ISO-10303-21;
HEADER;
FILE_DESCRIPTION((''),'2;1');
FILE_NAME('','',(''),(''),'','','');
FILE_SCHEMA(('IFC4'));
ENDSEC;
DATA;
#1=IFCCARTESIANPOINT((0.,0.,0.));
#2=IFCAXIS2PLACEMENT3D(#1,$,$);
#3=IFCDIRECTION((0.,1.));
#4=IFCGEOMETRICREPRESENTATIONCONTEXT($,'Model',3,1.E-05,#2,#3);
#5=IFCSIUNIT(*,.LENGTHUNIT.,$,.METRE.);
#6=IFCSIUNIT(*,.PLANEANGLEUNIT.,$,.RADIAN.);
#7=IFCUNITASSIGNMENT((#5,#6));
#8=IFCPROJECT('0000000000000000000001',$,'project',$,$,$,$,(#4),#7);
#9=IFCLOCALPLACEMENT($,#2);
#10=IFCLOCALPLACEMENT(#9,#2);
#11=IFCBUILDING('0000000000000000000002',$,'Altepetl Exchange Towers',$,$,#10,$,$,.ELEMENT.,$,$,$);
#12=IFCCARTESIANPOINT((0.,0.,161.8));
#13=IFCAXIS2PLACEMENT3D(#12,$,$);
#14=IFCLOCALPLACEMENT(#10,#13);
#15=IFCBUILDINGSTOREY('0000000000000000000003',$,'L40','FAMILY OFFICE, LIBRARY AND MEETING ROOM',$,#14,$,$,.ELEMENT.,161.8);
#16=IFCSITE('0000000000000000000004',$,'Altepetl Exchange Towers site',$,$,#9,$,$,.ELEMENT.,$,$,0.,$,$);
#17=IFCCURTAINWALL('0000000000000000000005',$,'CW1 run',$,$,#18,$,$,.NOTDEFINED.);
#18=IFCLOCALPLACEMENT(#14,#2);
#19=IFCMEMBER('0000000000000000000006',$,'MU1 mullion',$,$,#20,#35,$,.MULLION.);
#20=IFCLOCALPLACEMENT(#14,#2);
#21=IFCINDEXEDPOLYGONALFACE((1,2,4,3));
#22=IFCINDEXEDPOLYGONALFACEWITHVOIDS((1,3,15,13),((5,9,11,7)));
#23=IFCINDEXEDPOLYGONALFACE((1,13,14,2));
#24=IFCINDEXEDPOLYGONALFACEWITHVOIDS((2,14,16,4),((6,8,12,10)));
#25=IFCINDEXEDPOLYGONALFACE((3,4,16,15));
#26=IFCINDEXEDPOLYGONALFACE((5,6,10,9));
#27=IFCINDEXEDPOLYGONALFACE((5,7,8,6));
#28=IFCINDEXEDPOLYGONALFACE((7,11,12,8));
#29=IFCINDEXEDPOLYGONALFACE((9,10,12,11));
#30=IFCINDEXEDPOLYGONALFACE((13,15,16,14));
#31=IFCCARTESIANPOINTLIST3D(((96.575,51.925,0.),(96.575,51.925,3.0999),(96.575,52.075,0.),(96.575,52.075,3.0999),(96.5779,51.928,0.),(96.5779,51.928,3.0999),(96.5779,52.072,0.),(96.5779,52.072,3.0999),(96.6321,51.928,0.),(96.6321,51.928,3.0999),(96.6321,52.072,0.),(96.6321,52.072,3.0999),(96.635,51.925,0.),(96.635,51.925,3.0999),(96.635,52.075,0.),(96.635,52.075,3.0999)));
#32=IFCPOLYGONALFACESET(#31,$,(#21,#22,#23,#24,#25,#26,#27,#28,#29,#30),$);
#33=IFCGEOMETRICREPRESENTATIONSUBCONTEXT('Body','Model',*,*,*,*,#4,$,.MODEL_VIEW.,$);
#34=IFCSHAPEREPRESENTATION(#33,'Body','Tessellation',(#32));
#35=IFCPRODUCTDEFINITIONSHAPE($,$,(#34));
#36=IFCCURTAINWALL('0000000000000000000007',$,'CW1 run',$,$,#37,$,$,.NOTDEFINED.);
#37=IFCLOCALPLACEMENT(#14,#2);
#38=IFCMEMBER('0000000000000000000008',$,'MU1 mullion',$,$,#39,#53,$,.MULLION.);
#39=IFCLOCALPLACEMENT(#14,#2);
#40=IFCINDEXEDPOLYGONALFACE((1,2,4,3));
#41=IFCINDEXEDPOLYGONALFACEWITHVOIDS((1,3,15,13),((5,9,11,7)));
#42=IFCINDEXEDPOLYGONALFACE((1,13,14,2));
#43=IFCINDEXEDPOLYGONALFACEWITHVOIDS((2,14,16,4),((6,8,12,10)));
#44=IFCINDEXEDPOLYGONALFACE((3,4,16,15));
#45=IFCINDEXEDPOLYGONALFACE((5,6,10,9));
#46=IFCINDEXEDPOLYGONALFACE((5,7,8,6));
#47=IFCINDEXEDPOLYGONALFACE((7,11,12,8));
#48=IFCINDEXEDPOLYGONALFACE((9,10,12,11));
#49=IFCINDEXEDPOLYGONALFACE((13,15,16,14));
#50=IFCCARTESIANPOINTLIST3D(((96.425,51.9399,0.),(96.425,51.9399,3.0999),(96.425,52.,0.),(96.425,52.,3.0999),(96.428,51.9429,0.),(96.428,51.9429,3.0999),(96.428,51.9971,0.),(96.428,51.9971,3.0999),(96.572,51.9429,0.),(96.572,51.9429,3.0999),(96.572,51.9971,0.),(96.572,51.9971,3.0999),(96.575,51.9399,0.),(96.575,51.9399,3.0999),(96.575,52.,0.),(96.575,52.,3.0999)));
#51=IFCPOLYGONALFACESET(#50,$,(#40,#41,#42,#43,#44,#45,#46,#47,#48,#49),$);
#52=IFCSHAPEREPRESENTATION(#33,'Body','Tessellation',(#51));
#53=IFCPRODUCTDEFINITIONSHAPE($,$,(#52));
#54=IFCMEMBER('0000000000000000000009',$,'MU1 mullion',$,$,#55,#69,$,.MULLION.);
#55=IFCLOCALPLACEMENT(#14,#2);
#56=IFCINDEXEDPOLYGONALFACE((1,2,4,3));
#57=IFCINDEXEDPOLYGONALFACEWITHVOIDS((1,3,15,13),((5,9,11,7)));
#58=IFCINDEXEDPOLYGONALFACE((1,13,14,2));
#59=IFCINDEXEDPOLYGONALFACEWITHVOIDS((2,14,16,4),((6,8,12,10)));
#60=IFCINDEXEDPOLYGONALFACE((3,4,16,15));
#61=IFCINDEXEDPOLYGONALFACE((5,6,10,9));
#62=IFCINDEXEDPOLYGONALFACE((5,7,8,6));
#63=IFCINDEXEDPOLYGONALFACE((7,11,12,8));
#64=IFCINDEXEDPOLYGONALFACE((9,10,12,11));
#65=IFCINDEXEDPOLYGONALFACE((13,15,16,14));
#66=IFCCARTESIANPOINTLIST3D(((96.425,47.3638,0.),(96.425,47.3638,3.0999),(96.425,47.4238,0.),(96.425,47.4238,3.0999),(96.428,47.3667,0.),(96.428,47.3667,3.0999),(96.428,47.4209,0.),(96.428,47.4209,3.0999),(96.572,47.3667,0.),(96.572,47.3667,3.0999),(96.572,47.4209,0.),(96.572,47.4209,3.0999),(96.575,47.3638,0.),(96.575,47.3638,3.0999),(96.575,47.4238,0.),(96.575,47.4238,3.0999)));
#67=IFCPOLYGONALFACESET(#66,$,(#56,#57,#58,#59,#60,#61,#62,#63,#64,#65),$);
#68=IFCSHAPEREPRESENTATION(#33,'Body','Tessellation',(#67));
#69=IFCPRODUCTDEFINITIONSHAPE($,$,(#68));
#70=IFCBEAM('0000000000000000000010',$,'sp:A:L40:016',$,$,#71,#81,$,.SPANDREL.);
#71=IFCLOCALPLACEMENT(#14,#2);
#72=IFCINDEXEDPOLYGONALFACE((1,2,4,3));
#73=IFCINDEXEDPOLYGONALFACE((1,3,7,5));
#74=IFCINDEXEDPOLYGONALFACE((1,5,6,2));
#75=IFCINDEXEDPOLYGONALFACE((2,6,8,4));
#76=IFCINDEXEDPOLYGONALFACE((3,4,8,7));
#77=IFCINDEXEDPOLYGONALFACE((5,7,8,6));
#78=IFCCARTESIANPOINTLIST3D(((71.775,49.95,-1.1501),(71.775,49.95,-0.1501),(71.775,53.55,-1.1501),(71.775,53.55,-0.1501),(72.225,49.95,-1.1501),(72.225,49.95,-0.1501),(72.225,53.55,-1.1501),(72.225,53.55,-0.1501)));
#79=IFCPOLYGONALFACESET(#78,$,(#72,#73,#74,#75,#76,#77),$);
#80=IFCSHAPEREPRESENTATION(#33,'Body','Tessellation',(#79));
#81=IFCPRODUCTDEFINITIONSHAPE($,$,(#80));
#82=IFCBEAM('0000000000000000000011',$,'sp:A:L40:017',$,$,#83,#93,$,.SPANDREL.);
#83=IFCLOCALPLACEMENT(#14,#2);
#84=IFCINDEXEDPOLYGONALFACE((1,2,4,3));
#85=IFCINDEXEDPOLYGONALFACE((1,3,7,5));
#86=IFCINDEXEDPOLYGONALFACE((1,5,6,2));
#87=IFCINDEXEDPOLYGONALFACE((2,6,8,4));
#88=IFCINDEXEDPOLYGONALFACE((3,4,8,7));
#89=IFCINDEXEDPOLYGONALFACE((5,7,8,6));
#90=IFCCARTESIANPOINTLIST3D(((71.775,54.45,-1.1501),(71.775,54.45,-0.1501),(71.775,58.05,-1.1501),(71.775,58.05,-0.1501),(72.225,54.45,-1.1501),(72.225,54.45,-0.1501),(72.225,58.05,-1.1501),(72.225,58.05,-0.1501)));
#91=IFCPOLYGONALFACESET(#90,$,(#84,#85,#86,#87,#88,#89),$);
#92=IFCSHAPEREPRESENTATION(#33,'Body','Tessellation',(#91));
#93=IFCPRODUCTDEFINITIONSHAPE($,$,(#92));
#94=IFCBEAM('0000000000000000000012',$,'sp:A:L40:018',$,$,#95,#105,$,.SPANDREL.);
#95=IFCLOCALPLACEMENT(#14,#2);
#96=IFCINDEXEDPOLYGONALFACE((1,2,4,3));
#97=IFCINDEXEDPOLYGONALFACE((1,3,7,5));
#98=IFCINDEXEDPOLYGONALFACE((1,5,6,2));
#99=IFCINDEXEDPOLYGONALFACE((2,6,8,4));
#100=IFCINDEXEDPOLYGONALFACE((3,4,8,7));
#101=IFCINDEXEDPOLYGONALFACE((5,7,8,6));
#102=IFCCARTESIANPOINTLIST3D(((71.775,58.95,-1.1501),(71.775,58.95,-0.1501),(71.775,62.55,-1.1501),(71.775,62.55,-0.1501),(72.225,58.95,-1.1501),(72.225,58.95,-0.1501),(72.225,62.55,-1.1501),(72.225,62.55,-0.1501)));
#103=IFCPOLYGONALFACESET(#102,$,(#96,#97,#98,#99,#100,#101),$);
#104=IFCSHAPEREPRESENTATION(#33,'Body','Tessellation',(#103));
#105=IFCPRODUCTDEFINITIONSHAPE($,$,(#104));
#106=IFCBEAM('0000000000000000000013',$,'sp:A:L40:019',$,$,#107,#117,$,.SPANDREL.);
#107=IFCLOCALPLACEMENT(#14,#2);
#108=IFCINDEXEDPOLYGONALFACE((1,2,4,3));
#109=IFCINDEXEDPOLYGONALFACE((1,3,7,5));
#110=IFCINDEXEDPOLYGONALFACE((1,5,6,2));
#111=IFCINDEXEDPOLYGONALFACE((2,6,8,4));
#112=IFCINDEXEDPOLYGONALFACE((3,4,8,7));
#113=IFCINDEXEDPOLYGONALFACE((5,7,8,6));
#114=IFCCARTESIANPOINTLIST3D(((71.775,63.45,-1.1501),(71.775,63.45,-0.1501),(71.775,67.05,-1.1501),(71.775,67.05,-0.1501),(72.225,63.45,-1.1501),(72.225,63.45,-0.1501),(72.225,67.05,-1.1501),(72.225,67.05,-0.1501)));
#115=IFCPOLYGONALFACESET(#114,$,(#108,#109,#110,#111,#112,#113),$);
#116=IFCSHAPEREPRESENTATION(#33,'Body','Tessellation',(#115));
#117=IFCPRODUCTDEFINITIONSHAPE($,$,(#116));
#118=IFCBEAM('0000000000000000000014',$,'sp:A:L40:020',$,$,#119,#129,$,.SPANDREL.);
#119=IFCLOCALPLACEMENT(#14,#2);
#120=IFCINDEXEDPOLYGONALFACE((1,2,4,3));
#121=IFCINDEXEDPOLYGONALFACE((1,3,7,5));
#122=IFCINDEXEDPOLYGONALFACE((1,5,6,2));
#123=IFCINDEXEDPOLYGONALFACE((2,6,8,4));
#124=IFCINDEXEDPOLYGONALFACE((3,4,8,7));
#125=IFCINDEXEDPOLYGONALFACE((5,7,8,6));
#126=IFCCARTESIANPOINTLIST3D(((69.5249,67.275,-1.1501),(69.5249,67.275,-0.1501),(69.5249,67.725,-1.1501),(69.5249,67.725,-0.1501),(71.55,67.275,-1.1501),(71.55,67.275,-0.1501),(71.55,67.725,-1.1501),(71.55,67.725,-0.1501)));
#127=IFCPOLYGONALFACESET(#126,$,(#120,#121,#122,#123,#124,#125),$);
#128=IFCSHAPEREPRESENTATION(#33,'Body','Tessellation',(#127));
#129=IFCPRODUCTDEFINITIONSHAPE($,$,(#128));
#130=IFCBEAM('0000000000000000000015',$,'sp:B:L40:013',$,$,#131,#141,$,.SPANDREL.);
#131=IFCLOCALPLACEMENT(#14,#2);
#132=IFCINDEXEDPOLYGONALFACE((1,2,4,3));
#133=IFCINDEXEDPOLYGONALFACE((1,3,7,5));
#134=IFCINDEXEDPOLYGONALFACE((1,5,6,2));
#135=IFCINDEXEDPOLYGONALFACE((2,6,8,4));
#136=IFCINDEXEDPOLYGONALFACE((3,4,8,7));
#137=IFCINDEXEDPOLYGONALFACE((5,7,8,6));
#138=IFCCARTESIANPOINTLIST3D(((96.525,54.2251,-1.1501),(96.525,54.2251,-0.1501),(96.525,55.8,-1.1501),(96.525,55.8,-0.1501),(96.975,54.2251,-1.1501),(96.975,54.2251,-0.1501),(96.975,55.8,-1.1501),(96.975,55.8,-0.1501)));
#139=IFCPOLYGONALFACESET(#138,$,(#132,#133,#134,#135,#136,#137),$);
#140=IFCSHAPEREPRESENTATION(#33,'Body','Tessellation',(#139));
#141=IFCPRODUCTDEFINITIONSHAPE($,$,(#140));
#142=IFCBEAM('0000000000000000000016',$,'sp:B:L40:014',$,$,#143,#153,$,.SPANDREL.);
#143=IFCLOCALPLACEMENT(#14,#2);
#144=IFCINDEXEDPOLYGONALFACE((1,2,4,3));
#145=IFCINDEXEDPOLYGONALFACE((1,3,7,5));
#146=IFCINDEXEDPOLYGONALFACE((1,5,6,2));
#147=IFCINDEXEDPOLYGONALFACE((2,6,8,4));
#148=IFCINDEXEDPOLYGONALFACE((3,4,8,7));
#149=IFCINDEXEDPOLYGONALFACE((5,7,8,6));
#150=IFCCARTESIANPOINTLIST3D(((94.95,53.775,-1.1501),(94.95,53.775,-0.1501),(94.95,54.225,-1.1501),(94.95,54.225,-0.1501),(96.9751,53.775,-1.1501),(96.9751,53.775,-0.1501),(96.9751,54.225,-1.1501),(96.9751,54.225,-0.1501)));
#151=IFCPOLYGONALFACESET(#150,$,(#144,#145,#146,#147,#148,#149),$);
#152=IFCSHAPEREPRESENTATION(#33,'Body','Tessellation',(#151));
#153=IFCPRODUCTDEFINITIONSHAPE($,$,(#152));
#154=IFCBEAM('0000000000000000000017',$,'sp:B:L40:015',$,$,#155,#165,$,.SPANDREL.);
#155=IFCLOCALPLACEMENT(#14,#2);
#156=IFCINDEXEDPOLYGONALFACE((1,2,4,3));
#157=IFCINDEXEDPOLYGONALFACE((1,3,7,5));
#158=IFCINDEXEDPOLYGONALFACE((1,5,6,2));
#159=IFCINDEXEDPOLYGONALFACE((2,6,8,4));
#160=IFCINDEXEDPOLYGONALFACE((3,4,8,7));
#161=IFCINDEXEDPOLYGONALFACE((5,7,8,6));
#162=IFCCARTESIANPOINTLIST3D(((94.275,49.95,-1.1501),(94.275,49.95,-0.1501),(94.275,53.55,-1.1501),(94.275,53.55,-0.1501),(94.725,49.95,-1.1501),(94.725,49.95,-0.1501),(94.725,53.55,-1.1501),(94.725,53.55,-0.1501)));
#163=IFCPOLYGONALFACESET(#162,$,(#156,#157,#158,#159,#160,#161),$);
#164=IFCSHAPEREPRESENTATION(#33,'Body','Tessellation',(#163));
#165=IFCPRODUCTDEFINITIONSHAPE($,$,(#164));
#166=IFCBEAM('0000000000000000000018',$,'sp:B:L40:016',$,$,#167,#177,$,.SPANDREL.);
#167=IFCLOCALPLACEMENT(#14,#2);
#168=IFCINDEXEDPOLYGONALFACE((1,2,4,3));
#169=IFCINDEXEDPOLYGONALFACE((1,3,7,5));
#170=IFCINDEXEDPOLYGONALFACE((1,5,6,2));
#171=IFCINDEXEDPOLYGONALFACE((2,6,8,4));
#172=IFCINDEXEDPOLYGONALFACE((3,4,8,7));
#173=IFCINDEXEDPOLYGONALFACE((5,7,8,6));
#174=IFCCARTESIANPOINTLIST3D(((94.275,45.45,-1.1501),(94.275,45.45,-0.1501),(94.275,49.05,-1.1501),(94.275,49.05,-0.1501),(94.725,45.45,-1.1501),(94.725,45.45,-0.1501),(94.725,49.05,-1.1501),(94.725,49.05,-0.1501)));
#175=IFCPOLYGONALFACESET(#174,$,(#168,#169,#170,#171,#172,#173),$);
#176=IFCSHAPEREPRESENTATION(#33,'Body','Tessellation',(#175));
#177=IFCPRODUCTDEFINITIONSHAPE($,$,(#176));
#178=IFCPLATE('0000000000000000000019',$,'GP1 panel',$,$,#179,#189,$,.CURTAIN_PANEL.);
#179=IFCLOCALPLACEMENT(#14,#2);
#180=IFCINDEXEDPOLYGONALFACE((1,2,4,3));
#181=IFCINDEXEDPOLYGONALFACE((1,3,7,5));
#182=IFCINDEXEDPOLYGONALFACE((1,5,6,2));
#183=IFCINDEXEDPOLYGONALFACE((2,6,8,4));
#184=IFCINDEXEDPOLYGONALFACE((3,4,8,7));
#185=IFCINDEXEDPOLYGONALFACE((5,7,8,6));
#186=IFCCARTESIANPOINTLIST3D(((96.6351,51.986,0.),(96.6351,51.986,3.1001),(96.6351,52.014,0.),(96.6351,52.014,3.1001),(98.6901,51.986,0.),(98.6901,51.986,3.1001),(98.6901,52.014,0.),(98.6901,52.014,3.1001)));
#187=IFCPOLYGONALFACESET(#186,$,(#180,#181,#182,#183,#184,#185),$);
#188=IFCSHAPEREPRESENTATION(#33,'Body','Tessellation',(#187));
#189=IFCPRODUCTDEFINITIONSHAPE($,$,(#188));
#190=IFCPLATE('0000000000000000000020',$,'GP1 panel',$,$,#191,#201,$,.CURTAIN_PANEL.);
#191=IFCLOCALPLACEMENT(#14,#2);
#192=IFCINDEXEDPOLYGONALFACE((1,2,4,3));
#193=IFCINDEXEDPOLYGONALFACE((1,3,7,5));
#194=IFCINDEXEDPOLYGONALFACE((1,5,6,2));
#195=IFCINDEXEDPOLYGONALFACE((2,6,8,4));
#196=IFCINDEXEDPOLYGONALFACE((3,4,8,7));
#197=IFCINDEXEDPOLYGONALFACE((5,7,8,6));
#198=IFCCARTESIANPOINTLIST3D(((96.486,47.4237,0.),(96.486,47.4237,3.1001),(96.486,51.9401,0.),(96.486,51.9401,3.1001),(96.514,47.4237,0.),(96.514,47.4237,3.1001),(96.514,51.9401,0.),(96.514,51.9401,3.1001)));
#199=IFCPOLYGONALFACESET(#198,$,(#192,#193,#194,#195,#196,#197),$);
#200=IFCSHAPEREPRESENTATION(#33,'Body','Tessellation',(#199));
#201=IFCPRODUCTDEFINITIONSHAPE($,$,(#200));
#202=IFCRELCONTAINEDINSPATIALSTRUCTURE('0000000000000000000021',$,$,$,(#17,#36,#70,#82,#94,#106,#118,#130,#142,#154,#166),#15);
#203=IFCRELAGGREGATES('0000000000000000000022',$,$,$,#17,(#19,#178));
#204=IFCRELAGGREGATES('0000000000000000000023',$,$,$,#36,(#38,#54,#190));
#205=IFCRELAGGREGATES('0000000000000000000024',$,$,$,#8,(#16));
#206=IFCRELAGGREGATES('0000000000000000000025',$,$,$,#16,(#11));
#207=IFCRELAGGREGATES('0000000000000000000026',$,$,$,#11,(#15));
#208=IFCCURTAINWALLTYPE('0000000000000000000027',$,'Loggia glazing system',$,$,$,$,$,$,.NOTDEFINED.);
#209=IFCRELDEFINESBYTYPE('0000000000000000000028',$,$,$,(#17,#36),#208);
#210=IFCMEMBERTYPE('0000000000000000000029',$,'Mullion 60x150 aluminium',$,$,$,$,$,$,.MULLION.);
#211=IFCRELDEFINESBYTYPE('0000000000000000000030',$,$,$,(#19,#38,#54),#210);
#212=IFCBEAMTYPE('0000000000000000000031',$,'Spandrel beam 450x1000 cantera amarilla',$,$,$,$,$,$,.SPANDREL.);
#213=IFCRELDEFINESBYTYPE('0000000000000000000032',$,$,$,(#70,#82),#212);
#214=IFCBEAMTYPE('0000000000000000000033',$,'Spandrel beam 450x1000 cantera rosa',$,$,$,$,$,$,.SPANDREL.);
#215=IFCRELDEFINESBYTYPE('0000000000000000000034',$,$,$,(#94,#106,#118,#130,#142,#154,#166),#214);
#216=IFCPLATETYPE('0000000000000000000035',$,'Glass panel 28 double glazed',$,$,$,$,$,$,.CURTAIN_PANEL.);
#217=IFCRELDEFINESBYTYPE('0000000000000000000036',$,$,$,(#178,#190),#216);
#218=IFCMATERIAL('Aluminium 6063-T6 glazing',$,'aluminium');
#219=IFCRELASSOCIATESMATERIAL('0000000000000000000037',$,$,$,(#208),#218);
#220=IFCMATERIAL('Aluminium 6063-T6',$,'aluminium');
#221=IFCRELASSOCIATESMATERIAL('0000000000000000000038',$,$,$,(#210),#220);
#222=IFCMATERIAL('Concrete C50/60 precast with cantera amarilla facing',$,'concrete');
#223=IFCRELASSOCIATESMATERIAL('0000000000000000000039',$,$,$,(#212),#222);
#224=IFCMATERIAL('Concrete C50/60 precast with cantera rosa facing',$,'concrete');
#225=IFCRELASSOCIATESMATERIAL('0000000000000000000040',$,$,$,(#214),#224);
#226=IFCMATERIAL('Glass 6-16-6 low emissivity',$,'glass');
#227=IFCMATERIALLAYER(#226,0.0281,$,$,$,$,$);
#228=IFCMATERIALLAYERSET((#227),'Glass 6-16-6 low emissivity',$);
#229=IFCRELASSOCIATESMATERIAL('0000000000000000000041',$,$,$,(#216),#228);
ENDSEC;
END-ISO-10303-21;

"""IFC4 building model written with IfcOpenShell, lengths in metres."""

from ifc_helpers import new_model, si_unit, direction, frame, origin, origin_2d, place, context, subcontext, project, spatial, rectangle, hollow_rectangle, extrude, material, layer, layer_set, material_profile, profile_set, type_object, element, aggregate, save


model = new_model("IFC4")

# Units and contexts
model_context = context("Model", 3, precision=1e-05, world=origin(), true_north=direction((0.0, 1.0)))
body_context = subcontext(model_context, "Body", "Model", "MODEL_VIEW")
ifc_project = project(units=[si_unit("LENGTHUNIT", "METRE"), si_unit("PLANEANGLEUNIT", "RADIAN")], contexts=[model_context])

# Site, building, storey
site_placement = place(None, origin())
site = spatial("IfcSite", under=ifc_project, at=site_placement, Name="Altepetl Exchange Towers site", CompositionType="ELEMENT", RefElevation=0.0)
building_placement = place(site_placement, origin())
building = spatial("IfcBuilding", under=site, at=building_placement, Name="Altepetl Exchange Towers", CompositionType="ELEMENT")
storey_placement = place(building_placement, frame((0.0, 0.0, 161.8)))
storey = spatial("IfcBuildingStorey", under=building, at=storey_placement, Name="L40", Description="FAMILY OFFICE, LIBRARY AND MEETING ROOM", CompositionType="ELEMENT", Elevation=161.8)

# Curtain walls, members
ifc_material_1 = material(Name="Aluminium 6063-T6 glazing", Category="aluminium")
curtain_wall_type = type_object("IfcCurtainWallType", Name="Loggia glazing system", PredefinedType="NOTDEFINED", material=ifc_material_1)
ifc_material_2 = material(Name="Aluminium 6063-T6", Category="aluminium")
ifc_material_profile_1 = material_profile(ifc_material_2, hollow_rectangle(XDim=0.0601, YDim=0.1499, WallThickness=0.0029, at=origin_2d()), Name="Mullion 60x150 aluminium")
ifc_profile_set_1 = profile_set([ifc_material_profile_1], Name="Aluminium 6063-T6")
member_type = type_object("IfcMemberType", Name="Mullion 60x150 aluminium", PredefinedType="MULLION", material=ifc_profile_set_1)
curtain_wall_1_placement = place(storey_placement, origin())
curtain_wall_1 = element("IfcCurtainWall", 1, at=curtain_wall_1_placement, inside=storey, type_object=curtain_wall_type, Name="CW1 run", PredefinedType="NOTDEFINED")
member_1_placement = place(storey_placement, frame((96.605, 52.0, 0.0), z_axis=(0.0, 0.0, 1.0), x_axis=(-1.0, 0.0, 0.0)))
member_1 = element("IfcMember", 2, at=member_1_placement, type_object=member_type, Name="MU1 mullion", PredefinedType="MULLION", context=body_context, shape_type="SweptSolid", body=[
    extrude(hollow_rectangle(XDim=0.0601, YDim=0.1499, WallThickness=0.0029, at=origin_2d()), origin(), (0.0, 0.0, 1.0), 3.0999),
])
curtain_wall_2_placement = place(storey_placement, origin())
curtain_wall_2 = element("IfcCurtainWall", 3, at=curtain_wall_2_placement, inside=storey, type_object=curtain_wall_type, Name="CW1 run", PredefinedType="NOTDEFINED")
member_2_placement = place(storey_placement, frame((96.5, 51.97, 0.0), z_axis=(0.0, 0.0, 1.0), x_axis=(0.0, -1.0, 0.0)))
member_2 = element("IfcMember", 4, at=member_2_placement, type_object=member_type, Name="MU1 mullion", PredefinedType="MULLION", context=body_context, shape_type="SweptSolid", body=[
    extrude(hollow_rectangle(XDim=0.0601, YDim=0.1499, WallThickness=0.0029, at=origin_2d()), origin(), (0.0, 0.0, 1.0), 3.0999),
])
member_3_placement = place(storey_placement, frame((96.5, 47.3938, 0.0), z_axis=(0.0, 0.0, 1.0), x_axis=(0.0, -1.0, 0.0)))
member_3 = element("IfcMember", 5, at=member_3_placement, type_object=member_type, Name="MU1 mullion", PredefinedType="MULLION", context=body_context, shape_type="SweptSolid", body=[
    extrude(hollow_rectangle(XDim=0.0601, YDim=0.1499, WallThickness=0.0029, at=origin_2d()), origin(), (0.0, 0.0, 1.0), 3.0999),
])

# Beams
ifc_material_3 = material(Name="Concrete C50/60 precast with cantera amarilla facing", Category="concrete")
ifc_material_profile_2 = material_profile(ifc_material_3, rectangle(XDim=0.45, YDim=1.0, at=origin_2d()), Name="450 x 1000")
ifc_profile_set_2 = profile_set([ifc_material_profile_2], Name="Concrete C50/60 precast with cantera amarilla facing")
beam_type_1 = type_object("IfcBeamType", Name="Spandrel beam 450x1000 cantera amarilla", PredefinedType="SPANDREL", material=ifc_profile_set_2)
for number, where, z_axis, x_axis, name in (
    (6, (72.0, 49.95, -0.6501), (0.0, 1.0, 0.0), (-1.0, 0.0, 0.0), "sp:A:L40:016"),
    (7, (72.0, 54.45, -0.6501), (0.0, 1.0, 0.0), (-1.0, 0.0, 0.0), "sp:A:L40:017"),
):
    element("IfcBeam", number, at=place(storey_placement, frame(where, z_axis=z_axis, x_axis=x_axis)), inside=storey, type_object=beam_type_1, Name=name, PredefinedType="SPANDREL", context=body_context, shape_type="SweptSolid", body=[
        extrude(rectangle(XDim=0.45, YDim=1.0, at=origin_2d()), origin(), (0.0, 0.0, 1.0), 3.6001),
    ])
ifc_material_4 = material(Name="Concrete C50/60 precast with cantera rosa facing", Category="concrete")
ifc_material_profile_3 = material_profile(ifc_material_4, rectangle(XDim=0.45, YDim=1.0, at=origin_2d()), Name="450 x 1000")
ifc_profile_set_3 = profile_set([ifc_material_profile_3], Name="Concrete C50/60 precast with cantera rosa facing")
beam_type_2 = type_object("IfcBeamType", Name="Spandrel beam 450x1000 cantera rosa", PredefinedType="SPANDREL", material=ifc_profile_set_3)
for number, where, z_axis, x_axis, name in (
    (8, (72.0, 58.95, -0.6501), (0.0, 1.0, 0.0), (-1.0, 0.0, 0.0), "sp:A:L40:018"),
    (9, (72.0, 63.45, -0.6501), (0.0, 1.0, 0.0), (-1.0, 0.0, 0.0), "sp:A:L40:019"),
):
    element("IfcBeam", number, at=place(storey_placement, frame(where, z_axis=z_axis, x_axis=x_axis)), inside=storey, type_object=beam_type_2, Name=name, PredefinedType="SPANDREL", context=body_context, shape_type="SweptSolid", body=[
        extrude(rectangle(XDim=0.45, YDim=1.0, at=origin_2d()), origin(), (0.0, 0.0, 1.0), 3.6001),
    ])
beam_1_placement = place(storey_placement, frame((71.55, 67.5, -0.6501), z_axis=(-1.0, 0.0, 0.0), x_axis=(0.0, -1.0, 0.0)))
element("IfcBeam", 10, at=beam_1_placement, inside=storey, type_object=beam_type_2, Name="sp:A:L40:020", PredefinedType="SPANDREL", context=body_context, shape_type="SweptSolid", body=[
    extrude(rectangle(XDim=0.45, YDim=1.0, at=origin_2d()), origin(), (0.0, 0.0, 1.0), 2.0251),
])
beam_2_placement = place(storey_placement, frame((96.75, 55.8, -0.6501), z_axis=(0.0, -1.0, 0.0), x_axis=(1.0, 0.0, 0.0)))
element("IfcBeam", 11, at=beam_2_placement, inside=storey, type_object=beam_type_2, Name="sp:B:L40:013", PredefinedType="SPANDREL", context=body_context, shape_type="SweptSolid", body=[
    extrude(rectangle(XDim=0.45, YDim=1.0, at=origin_2d()), origin(), (0.0, 0.0, 1.0), 1.575),
])
beam_3_placement = place(storey_placement, frame((96.9751, 54.0, -0.6501), z_axis=(-1.0, 0.0, 0.0), x_axis=(0.0, -1.0, 0.0)))
element("IfcBeam", 12, at=beam_3_placement, inside=storey, type_object=beam_type_2, Name="sp:B:L40:014", PredefinedType="SPANDREL", context=body_context, shape_type="SweptSolid", body=[
    extrude(rectangle(XDim=0.45, YDim=1.0, at=origin_2d()), origin(), (0.0, 0.0, 1.0), 2.0251),
])
for number, where, z_axis, x_axis, name in (
    (13, (94.5, 53.55, -0.6501), (0.0, -1.0, 0.0), (1.0, 0.0, 0.0), "sp:B:L40:015"),
    (14, (94.5, 49.05, -0.6501), (0.0, -1.0, 0.0), (1.0, 0.0, 0.0), "sp:B:L40:016"),
):
    element("IfcBeam", number, at=place(storey_placement, frame(where, z_axis=z_axis, x_axis=x_axis)), inside=storey, type_object=beam_type_2, Name=name, PredefinedType="SPANDREL", context=body_context, shape_type="SweptSolid", body=[
        extrude(rectangle(XDim=0.45, YDim=1.0, at=origin_2d()), origin(), (0.0, 0.0, 1.0), 3.6001),
    ])

# Plates
ifc_material_5 = material(Name="Glass 6-16-6 low emissivity", Category="glass")
ifc_layer = layer(ifc_material_5, 0.0281)
ifc_layer_set = layer_set([ifc_layer], Name="Glass 6-16-6 low emissivity")
plate_type = type_object("IfcPlateType", Name="Glass panel 28 double glazed", PredefinedType="CURTAIN_PANEL", material=ifc_layer_set)
plate_1_placement = place(storey_placement, frame((97.6626, 52.0, 0.0), z_axis=(0.0, 0.0, 1.0), x_axis=(-1.0, 0.0, 0.0)))
plate_1 = element("IfcPlate", 15, at=plate_1_placement, type_object=plate_type, Name="GP1 panel", PredefinedType="CURTAIN_PANEL", context=body_context, shape_type="SweptSolid", body=[
    extrude(rectangle(XDim=2.0549, YDim=0.0281, at=origin_2d()), origin(), (0.0, 0.0, 1.0), 3.1001),
])
aggregate(curtain_wall_1, [member_1, plate_1])
plate_2_placement = place(storey_placement, frame((96.5, 49.6819, 0.0), z_axis=(0.0, 0.0, 1.0), x_axis=(0.0, -1.0, 0.0)))
plate_2 = element("IfcPlate", 16, at=plate_2_placement, type_object=plate_type, Name="GP1 panel", PredefinedType="CURTAIN_PANEL", context=body_context, shape_type="SweptSolid", body=[
    extrude(rectangle(XDim=4.5164, YDim=0.0281, at=origin_2d()), origin(), (0.0, 0.0, 1.0), 3.1001),
])
aggregate(curtain_wall_2, [member_2, member_3, plate_2])

save(model, "model.ifc")
